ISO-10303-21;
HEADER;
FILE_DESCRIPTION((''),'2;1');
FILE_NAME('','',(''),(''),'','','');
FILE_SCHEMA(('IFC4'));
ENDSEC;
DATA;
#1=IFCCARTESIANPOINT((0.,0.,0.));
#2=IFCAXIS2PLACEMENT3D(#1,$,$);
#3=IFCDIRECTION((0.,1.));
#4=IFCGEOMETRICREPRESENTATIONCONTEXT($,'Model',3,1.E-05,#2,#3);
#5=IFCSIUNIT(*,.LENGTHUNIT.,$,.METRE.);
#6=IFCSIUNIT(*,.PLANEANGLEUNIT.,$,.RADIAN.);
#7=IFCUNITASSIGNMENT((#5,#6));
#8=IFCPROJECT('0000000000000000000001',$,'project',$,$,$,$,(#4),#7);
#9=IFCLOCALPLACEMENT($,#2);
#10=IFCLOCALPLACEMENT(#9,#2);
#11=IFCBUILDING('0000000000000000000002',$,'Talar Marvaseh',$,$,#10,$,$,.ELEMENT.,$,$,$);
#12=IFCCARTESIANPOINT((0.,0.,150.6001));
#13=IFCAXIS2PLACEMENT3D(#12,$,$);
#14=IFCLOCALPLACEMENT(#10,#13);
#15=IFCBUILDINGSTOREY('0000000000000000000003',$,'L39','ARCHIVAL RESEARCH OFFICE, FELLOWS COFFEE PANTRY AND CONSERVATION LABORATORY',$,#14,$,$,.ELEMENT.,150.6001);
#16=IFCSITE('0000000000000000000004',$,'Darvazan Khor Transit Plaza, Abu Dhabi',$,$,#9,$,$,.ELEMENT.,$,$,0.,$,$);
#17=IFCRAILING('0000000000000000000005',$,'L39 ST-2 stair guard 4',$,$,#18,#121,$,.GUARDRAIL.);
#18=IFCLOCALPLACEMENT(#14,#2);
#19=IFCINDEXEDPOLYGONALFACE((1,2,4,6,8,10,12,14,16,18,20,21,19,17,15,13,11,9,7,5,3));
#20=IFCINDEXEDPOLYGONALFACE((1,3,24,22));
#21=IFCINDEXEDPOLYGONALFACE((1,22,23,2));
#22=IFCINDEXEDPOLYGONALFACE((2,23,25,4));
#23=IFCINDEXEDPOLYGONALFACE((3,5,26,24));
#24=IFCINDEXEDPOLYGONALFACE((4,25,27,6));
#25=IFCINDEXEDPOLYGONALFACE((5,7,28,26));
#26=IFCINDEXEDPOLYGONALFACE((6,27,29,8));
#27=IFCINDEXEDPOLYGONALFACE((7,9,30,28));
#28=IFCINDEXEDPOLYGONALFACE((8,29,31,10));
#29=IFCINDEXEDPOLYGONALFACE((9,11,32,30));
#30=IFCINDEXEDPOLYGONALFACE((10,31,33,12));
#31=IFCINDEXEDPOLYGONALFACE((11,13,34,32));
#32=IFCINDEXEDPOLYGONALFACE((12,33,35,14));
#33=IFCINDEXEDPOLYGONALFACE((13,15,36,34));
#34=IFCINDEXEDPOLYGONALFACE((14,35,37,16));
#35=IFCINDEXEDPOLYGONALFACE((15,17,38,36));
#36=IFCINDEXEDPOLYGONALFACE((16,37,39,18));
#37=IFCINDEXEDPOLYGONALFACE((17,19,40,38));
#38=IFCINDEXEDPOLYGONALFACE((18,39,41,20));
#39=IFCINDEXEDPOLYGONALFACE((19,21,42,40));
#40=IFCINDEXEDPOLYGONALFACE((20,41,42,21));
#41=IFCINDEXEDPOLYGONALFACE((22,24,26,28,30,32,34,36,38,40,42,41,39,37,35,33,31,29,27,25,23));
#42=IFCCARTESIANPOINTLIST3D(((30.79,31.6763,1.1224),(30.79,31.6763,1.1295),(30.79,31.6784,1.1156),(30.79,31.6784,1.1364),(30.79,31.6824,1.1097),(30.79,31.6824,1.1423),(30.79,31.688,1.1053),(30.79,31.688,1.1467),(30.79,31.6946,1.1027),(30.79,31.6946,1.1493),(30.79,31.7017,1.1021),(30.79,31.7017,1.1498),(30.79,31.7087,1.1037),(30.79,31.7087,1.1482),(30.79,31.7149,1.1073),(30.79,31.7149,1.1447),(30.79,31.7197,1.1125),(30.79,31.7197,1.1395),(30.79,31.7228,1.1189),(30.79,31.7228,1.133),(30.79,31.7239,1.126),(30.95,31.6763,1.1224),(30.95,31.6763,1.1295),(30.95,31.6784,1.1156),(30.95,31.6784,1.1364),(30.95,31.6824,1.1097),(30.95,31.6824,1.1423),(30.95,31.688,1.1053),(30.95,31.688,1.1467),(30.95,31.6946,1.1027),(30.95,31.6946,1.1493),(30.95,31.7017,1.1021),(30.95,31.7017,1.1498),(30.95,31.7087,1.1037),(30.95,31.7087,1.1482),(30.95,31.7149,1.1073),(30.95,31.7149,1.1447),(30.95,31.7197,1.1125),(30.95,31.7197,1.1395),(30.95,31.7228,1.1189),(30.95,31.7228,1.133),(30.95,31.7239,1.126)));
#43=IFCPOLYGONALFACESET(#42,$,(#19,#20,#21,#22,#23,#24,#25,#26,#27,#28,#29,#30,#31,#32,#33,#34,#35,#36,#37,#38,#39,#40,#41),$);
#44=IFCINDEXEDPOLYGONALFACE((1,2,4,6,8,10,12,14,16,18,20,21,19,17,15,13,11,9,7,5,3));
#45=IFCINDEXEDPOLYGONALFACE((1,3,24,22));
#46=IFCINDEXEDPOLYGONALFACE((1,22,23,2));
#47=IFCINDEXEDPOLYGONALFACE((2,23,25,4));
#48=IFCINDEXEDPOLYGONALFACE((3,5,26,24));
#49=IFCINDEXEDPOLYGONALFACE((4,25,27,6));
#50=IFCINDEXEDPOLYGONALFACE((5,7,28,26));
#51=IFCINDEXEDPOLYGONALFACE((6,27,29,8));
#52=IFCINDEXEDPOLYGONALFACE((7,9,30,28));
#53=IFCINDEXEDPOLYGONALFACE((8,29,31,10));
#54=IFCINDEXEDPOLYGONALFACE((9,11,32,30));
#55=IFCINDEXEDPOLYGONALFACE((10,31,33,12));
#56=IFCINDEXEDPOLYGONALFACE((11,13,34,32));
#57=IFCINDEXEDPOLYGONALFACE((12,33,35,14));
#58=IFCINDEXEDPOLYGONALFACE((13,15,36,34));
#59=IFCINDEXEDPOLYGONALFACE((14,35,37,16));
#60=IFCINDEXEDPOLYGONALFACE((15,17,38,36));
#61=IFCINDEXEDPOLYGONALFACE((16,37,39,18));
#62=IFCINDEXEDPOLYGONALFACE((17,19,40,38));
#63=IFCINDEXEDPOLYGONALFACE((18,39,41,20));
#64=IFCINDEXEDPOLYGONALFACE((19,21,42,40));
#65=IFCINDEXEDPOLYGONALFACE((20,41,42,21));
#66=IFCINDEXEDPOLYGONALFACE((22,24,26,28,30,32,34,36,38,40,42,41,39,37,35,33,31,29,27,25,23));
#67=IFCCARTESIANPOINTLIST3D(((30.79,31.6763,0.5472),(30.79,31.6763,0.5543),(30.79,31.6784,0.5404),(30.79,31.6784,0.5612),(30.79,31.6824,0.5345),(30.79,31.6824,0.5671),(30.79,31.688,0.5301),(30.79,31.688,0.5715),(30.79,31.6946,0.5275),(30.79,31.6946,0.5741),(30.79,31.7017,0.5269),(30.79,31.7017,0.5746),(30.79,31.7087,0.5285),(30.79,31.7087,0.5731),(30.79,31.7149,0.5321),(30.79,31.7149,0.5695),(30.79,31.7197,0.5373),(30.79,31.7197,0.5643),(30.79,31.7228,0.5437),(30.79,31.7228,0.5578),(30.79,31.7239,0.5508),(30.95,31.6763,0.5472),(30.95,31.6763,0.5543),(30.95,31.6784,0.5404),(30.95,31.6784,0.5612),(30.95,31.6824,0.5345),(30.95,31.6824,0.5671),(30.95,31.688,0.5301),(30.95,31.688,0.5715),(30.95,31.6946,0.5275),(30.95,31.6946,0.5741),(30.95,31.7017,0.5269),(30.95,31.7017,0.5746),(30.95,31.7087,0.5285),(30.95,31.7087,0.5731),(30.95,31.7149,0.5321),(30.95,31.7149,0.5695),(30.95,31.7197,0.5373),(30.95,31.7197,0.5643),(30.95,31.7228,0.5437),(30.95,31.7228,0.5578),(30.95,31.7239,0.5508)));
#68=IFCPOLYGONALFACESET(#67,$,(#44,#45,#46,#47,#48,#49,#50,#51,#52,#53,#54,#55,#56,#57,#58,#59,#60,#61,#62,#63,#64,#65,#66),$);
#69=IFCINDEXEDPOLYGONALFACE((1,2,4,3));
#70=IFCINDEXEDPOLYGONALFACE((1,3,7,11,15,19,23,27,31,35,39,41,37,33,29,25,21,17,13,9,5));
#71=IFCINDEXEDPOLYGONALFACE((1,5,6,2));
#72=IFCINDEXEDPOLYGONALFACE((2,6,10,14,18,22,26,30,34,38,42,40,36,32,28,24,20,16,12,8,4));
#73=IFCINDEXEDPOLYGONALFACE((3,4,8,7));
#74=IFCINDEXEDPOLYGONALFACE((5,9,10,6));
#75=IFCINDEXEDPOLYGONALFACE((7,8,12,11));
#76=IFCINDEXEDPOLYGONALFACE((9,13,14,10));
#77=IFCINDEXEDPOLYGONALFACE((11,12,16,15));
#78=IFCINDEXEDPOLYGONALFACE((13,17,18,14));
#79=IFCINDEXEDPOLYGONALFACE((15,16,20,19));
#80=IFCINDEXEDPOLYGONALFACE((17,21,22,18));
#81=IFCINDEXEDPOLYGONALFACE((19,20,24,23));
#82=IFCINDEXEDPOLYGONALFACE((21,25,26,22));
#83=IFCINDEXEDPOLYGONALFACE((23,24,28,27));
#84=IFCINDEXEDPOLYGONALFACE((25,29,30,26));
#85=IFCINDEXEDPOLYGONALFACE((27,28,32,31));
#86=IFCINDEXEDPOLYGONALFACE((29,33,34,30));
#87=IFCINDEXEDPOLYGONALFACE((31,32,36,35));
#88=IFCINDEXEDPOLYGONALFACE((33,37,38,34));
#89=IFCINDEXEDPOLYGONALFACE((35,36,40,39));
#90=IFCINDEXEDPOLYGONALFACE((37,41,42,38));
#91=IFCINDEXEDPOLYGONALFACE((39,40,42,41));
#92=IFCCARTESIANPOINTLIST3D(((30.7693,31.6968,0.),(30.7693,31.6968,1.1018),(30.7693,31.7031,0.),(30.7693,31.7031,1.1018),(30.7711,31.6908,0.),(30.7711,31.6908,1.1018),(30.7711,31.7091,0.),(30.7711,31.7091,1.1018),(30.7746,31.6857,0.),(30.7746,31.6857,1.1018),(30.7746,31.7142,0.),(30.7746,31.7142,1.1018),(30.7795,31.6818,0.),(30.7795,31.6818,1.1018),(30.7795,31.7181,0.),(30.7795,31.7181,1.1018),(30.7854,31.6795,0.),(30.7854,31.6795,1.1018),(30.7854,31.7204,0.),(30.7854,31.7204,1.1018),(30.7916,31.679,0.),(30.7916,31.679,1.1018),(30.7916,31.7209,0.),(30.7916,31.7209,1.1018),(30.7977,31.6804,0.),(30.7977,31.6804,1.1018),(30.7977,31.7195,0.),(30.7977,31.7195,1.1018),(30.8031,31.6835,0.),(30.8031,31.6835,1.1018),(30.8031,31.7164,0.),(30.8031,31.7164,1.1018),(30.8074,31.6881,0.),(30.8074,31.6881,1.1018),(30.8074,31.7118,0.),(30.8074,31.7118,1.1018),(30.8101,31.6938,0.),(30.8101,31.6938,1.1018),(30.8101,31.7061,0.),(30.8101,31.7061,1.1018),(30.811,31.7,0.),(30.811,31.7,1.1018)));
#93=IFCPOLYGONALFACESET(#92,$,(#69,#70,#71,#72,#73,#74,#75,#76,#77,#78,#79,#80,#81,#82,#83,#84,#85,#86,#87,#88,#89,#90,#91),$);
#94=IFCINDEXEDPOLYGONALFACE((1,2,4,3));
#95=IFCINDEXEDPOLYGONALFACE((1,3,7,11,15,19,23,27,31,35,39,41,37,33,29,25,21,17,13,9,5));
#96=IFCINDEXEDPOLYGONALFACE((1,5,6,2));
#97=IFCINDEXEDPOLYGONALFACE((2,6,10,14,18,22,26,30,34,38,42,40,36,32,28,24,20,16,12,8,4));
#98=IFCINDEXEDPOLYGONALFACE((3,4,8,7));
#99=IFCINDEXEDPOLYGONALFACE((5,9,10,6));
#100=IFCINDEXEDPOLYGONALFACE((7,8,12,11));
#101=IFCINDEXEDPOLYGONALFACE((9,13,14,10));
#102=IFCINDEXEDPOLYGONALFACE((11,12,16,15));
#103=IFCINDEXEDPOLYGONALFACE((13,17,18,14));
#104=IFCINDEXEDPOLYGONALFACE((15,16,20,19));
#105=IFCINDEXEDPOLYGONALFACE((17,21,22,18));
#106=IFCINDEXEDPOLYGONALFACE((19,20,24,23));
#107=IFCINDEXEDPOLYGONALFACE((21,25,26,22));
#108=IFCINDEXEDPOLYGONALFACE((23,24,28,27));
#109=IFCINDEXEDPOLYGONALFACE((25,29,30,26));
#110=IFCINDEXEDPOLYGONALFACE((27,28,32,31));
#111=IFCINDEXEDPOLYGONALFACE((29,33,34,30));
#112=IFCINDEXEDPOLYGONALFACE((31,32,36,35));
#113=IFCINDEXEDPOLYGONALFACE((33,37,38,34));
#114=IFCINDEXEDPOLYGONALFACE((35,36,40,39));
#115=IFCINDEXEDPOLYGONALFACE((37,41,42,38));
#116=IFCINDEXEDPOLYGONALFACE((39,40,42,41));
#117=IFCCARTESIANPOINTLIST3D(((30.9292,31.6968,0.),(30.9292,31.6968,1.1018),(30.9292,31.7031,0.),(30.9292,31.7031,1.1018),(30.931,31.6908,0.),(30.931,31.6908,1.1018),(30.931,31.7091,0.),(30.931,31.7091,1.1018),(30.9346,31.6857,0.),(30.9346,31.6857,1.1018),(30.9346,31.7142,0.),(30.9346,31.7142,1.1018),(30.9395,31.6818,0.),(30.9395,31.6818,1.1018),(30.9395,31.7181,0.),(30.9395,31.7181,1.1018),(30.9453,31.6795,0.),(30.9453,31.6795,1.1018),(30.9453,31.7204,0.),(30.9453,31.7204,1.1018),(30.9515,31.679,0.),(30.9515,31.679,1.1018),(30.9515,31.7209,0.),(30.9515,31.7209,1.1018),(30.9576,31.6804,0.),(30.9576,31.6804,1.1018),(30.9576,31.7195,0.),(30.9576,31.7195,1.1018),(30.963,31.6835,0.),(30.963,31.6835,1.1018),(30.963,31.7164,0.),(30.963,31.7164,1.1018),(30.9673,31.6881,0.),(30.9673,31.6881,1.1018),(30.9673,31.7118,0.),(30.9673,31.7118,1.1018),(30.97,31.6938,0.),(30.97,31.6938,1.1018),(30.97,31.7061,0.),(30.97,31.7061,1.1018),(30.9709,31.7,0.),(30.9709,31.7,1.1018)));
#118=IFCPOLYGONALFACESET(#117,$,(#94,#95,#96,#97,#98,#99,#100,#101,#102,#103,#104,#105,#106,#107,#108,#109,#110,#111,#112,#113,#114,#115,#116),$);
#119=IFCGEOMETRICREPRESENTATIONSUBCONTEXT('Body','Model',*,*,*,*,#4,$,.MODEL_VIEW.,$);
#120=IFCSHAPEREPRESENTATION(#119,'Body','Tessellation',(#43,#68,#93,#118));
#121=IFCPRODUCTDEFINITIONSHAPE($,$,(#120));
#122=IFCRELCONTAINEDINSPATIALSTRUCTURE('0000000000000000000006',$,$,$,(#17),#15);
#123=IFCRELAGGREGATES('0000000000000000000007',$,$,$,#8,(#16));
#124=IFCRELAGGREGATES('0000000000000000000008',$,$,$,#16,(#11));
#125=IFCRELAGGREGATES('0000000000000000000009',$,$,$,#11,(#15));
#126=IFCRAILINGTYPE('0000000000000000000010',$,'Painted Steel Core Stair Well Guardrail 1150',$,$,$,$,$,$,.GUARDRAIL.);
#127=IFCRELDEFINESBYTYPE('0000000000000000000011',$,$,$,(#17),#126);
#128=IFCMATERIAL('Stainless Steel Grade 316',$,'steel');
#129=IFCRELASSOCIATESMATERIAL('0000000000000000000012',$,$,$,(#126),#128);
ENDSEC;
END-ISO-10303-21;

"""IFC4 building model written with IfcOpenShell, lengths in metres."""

from ifc_helpers import new_model, si_unit, direction, frame, origin, origin_2d, place, context, subcontext, project, spatial, circle, extrude, material, type_object, element, save


model = new_model("IFC4")

# Units and contexts
model_context = context("Model", 3, precision=1e-05, world=origin(), true_north=direction((0.0, 1.0)))
body_context = subcontext(model_context, "Body", "Model", "MODEL_VIEW")
ifc_project = project(units=[si_unit("LENGTHUNIT", "METRE"), si_unit("PLANEANGLEUNIT", "RADIAN")], contexts=[model_context])

# Site, building, storey
site_placement = place(None, origin())
site = spatial("IfcSite", under=ifc_project, at=site_placement, Name="Darvazan Khor Transit Plaza, Abu Dhabi", CompositionType="ELEMENT", RefElevation=0.0)
building_placement = place(site_placement, origin())
building = spatial("IfcBuilding", under=site, at=building_placement, Name="Talar Marvaseh", CompositionType="ELEMENT")
storey_placement = place(building_placement, frame((0.0, 0.0, 150.6001)))
storey = spatial("IfcBuildingStorey", under=building, at=storey_placement, Name="L39", Description="ARCHIVAL RESEARCH OFFICE, FELLOWS COFFEE PANTRY AND CONSERVATION LABORATORY", CompositionType="ELEMENT", Elevation=150.6001)

# Shared definitions
ifc_material_1 = material(Name="Stainless Steel Grade 316", Category="steel")

# Railing
railing_type_1 = type_object("IfcRailingType", Name="Painted Steel Core Stair Well Guardrail 1150", PredefinedType="GUARDRAIL", material=ifc_material_1)
railing_1_placement = place(storey_placement, frame((30.79, 31.7, 0.0)))
element("IfcRailing", 1, at=railing_1_placement, inside=storey, type_object=railing_type_1, Name="L39 ST-2 stair guard 4", PredefinedType="GUARDRAIL", context=body_context, shape_type="SweptSolid", body=[
    extrude(circle(Radius=0.0239, at=origin_2d()), frame((0.0, 0.0, 1.126), z_axis=(1.0, 0.0, 0.0), x_axis=(0.0, 1.0, 0.0)), (0.0, 0.0, 1.0), 0.1599),
    extrude(circle(Radius=0.0239, at=origin_2d()), frame((0.0, 0.0, 0.5508), z_axis=(1.0, 0.0, 0.0), x_axis=(0.0, 1.0, 0.0)), (0.0, 0.0, 1.0), 0.1599),
    extrude(circle(Radius=0.021, at=origin_2d()), origin(), (0.0, 0.0, 1.0), 1.1018),
    extrude(circle(Radius=0.021, at=origin_2d()), frame((0.1599, 0.0, 0.0)), (0.0, 0.0, 1.0), 1.1018),
])

save(model, "model.ifc")
